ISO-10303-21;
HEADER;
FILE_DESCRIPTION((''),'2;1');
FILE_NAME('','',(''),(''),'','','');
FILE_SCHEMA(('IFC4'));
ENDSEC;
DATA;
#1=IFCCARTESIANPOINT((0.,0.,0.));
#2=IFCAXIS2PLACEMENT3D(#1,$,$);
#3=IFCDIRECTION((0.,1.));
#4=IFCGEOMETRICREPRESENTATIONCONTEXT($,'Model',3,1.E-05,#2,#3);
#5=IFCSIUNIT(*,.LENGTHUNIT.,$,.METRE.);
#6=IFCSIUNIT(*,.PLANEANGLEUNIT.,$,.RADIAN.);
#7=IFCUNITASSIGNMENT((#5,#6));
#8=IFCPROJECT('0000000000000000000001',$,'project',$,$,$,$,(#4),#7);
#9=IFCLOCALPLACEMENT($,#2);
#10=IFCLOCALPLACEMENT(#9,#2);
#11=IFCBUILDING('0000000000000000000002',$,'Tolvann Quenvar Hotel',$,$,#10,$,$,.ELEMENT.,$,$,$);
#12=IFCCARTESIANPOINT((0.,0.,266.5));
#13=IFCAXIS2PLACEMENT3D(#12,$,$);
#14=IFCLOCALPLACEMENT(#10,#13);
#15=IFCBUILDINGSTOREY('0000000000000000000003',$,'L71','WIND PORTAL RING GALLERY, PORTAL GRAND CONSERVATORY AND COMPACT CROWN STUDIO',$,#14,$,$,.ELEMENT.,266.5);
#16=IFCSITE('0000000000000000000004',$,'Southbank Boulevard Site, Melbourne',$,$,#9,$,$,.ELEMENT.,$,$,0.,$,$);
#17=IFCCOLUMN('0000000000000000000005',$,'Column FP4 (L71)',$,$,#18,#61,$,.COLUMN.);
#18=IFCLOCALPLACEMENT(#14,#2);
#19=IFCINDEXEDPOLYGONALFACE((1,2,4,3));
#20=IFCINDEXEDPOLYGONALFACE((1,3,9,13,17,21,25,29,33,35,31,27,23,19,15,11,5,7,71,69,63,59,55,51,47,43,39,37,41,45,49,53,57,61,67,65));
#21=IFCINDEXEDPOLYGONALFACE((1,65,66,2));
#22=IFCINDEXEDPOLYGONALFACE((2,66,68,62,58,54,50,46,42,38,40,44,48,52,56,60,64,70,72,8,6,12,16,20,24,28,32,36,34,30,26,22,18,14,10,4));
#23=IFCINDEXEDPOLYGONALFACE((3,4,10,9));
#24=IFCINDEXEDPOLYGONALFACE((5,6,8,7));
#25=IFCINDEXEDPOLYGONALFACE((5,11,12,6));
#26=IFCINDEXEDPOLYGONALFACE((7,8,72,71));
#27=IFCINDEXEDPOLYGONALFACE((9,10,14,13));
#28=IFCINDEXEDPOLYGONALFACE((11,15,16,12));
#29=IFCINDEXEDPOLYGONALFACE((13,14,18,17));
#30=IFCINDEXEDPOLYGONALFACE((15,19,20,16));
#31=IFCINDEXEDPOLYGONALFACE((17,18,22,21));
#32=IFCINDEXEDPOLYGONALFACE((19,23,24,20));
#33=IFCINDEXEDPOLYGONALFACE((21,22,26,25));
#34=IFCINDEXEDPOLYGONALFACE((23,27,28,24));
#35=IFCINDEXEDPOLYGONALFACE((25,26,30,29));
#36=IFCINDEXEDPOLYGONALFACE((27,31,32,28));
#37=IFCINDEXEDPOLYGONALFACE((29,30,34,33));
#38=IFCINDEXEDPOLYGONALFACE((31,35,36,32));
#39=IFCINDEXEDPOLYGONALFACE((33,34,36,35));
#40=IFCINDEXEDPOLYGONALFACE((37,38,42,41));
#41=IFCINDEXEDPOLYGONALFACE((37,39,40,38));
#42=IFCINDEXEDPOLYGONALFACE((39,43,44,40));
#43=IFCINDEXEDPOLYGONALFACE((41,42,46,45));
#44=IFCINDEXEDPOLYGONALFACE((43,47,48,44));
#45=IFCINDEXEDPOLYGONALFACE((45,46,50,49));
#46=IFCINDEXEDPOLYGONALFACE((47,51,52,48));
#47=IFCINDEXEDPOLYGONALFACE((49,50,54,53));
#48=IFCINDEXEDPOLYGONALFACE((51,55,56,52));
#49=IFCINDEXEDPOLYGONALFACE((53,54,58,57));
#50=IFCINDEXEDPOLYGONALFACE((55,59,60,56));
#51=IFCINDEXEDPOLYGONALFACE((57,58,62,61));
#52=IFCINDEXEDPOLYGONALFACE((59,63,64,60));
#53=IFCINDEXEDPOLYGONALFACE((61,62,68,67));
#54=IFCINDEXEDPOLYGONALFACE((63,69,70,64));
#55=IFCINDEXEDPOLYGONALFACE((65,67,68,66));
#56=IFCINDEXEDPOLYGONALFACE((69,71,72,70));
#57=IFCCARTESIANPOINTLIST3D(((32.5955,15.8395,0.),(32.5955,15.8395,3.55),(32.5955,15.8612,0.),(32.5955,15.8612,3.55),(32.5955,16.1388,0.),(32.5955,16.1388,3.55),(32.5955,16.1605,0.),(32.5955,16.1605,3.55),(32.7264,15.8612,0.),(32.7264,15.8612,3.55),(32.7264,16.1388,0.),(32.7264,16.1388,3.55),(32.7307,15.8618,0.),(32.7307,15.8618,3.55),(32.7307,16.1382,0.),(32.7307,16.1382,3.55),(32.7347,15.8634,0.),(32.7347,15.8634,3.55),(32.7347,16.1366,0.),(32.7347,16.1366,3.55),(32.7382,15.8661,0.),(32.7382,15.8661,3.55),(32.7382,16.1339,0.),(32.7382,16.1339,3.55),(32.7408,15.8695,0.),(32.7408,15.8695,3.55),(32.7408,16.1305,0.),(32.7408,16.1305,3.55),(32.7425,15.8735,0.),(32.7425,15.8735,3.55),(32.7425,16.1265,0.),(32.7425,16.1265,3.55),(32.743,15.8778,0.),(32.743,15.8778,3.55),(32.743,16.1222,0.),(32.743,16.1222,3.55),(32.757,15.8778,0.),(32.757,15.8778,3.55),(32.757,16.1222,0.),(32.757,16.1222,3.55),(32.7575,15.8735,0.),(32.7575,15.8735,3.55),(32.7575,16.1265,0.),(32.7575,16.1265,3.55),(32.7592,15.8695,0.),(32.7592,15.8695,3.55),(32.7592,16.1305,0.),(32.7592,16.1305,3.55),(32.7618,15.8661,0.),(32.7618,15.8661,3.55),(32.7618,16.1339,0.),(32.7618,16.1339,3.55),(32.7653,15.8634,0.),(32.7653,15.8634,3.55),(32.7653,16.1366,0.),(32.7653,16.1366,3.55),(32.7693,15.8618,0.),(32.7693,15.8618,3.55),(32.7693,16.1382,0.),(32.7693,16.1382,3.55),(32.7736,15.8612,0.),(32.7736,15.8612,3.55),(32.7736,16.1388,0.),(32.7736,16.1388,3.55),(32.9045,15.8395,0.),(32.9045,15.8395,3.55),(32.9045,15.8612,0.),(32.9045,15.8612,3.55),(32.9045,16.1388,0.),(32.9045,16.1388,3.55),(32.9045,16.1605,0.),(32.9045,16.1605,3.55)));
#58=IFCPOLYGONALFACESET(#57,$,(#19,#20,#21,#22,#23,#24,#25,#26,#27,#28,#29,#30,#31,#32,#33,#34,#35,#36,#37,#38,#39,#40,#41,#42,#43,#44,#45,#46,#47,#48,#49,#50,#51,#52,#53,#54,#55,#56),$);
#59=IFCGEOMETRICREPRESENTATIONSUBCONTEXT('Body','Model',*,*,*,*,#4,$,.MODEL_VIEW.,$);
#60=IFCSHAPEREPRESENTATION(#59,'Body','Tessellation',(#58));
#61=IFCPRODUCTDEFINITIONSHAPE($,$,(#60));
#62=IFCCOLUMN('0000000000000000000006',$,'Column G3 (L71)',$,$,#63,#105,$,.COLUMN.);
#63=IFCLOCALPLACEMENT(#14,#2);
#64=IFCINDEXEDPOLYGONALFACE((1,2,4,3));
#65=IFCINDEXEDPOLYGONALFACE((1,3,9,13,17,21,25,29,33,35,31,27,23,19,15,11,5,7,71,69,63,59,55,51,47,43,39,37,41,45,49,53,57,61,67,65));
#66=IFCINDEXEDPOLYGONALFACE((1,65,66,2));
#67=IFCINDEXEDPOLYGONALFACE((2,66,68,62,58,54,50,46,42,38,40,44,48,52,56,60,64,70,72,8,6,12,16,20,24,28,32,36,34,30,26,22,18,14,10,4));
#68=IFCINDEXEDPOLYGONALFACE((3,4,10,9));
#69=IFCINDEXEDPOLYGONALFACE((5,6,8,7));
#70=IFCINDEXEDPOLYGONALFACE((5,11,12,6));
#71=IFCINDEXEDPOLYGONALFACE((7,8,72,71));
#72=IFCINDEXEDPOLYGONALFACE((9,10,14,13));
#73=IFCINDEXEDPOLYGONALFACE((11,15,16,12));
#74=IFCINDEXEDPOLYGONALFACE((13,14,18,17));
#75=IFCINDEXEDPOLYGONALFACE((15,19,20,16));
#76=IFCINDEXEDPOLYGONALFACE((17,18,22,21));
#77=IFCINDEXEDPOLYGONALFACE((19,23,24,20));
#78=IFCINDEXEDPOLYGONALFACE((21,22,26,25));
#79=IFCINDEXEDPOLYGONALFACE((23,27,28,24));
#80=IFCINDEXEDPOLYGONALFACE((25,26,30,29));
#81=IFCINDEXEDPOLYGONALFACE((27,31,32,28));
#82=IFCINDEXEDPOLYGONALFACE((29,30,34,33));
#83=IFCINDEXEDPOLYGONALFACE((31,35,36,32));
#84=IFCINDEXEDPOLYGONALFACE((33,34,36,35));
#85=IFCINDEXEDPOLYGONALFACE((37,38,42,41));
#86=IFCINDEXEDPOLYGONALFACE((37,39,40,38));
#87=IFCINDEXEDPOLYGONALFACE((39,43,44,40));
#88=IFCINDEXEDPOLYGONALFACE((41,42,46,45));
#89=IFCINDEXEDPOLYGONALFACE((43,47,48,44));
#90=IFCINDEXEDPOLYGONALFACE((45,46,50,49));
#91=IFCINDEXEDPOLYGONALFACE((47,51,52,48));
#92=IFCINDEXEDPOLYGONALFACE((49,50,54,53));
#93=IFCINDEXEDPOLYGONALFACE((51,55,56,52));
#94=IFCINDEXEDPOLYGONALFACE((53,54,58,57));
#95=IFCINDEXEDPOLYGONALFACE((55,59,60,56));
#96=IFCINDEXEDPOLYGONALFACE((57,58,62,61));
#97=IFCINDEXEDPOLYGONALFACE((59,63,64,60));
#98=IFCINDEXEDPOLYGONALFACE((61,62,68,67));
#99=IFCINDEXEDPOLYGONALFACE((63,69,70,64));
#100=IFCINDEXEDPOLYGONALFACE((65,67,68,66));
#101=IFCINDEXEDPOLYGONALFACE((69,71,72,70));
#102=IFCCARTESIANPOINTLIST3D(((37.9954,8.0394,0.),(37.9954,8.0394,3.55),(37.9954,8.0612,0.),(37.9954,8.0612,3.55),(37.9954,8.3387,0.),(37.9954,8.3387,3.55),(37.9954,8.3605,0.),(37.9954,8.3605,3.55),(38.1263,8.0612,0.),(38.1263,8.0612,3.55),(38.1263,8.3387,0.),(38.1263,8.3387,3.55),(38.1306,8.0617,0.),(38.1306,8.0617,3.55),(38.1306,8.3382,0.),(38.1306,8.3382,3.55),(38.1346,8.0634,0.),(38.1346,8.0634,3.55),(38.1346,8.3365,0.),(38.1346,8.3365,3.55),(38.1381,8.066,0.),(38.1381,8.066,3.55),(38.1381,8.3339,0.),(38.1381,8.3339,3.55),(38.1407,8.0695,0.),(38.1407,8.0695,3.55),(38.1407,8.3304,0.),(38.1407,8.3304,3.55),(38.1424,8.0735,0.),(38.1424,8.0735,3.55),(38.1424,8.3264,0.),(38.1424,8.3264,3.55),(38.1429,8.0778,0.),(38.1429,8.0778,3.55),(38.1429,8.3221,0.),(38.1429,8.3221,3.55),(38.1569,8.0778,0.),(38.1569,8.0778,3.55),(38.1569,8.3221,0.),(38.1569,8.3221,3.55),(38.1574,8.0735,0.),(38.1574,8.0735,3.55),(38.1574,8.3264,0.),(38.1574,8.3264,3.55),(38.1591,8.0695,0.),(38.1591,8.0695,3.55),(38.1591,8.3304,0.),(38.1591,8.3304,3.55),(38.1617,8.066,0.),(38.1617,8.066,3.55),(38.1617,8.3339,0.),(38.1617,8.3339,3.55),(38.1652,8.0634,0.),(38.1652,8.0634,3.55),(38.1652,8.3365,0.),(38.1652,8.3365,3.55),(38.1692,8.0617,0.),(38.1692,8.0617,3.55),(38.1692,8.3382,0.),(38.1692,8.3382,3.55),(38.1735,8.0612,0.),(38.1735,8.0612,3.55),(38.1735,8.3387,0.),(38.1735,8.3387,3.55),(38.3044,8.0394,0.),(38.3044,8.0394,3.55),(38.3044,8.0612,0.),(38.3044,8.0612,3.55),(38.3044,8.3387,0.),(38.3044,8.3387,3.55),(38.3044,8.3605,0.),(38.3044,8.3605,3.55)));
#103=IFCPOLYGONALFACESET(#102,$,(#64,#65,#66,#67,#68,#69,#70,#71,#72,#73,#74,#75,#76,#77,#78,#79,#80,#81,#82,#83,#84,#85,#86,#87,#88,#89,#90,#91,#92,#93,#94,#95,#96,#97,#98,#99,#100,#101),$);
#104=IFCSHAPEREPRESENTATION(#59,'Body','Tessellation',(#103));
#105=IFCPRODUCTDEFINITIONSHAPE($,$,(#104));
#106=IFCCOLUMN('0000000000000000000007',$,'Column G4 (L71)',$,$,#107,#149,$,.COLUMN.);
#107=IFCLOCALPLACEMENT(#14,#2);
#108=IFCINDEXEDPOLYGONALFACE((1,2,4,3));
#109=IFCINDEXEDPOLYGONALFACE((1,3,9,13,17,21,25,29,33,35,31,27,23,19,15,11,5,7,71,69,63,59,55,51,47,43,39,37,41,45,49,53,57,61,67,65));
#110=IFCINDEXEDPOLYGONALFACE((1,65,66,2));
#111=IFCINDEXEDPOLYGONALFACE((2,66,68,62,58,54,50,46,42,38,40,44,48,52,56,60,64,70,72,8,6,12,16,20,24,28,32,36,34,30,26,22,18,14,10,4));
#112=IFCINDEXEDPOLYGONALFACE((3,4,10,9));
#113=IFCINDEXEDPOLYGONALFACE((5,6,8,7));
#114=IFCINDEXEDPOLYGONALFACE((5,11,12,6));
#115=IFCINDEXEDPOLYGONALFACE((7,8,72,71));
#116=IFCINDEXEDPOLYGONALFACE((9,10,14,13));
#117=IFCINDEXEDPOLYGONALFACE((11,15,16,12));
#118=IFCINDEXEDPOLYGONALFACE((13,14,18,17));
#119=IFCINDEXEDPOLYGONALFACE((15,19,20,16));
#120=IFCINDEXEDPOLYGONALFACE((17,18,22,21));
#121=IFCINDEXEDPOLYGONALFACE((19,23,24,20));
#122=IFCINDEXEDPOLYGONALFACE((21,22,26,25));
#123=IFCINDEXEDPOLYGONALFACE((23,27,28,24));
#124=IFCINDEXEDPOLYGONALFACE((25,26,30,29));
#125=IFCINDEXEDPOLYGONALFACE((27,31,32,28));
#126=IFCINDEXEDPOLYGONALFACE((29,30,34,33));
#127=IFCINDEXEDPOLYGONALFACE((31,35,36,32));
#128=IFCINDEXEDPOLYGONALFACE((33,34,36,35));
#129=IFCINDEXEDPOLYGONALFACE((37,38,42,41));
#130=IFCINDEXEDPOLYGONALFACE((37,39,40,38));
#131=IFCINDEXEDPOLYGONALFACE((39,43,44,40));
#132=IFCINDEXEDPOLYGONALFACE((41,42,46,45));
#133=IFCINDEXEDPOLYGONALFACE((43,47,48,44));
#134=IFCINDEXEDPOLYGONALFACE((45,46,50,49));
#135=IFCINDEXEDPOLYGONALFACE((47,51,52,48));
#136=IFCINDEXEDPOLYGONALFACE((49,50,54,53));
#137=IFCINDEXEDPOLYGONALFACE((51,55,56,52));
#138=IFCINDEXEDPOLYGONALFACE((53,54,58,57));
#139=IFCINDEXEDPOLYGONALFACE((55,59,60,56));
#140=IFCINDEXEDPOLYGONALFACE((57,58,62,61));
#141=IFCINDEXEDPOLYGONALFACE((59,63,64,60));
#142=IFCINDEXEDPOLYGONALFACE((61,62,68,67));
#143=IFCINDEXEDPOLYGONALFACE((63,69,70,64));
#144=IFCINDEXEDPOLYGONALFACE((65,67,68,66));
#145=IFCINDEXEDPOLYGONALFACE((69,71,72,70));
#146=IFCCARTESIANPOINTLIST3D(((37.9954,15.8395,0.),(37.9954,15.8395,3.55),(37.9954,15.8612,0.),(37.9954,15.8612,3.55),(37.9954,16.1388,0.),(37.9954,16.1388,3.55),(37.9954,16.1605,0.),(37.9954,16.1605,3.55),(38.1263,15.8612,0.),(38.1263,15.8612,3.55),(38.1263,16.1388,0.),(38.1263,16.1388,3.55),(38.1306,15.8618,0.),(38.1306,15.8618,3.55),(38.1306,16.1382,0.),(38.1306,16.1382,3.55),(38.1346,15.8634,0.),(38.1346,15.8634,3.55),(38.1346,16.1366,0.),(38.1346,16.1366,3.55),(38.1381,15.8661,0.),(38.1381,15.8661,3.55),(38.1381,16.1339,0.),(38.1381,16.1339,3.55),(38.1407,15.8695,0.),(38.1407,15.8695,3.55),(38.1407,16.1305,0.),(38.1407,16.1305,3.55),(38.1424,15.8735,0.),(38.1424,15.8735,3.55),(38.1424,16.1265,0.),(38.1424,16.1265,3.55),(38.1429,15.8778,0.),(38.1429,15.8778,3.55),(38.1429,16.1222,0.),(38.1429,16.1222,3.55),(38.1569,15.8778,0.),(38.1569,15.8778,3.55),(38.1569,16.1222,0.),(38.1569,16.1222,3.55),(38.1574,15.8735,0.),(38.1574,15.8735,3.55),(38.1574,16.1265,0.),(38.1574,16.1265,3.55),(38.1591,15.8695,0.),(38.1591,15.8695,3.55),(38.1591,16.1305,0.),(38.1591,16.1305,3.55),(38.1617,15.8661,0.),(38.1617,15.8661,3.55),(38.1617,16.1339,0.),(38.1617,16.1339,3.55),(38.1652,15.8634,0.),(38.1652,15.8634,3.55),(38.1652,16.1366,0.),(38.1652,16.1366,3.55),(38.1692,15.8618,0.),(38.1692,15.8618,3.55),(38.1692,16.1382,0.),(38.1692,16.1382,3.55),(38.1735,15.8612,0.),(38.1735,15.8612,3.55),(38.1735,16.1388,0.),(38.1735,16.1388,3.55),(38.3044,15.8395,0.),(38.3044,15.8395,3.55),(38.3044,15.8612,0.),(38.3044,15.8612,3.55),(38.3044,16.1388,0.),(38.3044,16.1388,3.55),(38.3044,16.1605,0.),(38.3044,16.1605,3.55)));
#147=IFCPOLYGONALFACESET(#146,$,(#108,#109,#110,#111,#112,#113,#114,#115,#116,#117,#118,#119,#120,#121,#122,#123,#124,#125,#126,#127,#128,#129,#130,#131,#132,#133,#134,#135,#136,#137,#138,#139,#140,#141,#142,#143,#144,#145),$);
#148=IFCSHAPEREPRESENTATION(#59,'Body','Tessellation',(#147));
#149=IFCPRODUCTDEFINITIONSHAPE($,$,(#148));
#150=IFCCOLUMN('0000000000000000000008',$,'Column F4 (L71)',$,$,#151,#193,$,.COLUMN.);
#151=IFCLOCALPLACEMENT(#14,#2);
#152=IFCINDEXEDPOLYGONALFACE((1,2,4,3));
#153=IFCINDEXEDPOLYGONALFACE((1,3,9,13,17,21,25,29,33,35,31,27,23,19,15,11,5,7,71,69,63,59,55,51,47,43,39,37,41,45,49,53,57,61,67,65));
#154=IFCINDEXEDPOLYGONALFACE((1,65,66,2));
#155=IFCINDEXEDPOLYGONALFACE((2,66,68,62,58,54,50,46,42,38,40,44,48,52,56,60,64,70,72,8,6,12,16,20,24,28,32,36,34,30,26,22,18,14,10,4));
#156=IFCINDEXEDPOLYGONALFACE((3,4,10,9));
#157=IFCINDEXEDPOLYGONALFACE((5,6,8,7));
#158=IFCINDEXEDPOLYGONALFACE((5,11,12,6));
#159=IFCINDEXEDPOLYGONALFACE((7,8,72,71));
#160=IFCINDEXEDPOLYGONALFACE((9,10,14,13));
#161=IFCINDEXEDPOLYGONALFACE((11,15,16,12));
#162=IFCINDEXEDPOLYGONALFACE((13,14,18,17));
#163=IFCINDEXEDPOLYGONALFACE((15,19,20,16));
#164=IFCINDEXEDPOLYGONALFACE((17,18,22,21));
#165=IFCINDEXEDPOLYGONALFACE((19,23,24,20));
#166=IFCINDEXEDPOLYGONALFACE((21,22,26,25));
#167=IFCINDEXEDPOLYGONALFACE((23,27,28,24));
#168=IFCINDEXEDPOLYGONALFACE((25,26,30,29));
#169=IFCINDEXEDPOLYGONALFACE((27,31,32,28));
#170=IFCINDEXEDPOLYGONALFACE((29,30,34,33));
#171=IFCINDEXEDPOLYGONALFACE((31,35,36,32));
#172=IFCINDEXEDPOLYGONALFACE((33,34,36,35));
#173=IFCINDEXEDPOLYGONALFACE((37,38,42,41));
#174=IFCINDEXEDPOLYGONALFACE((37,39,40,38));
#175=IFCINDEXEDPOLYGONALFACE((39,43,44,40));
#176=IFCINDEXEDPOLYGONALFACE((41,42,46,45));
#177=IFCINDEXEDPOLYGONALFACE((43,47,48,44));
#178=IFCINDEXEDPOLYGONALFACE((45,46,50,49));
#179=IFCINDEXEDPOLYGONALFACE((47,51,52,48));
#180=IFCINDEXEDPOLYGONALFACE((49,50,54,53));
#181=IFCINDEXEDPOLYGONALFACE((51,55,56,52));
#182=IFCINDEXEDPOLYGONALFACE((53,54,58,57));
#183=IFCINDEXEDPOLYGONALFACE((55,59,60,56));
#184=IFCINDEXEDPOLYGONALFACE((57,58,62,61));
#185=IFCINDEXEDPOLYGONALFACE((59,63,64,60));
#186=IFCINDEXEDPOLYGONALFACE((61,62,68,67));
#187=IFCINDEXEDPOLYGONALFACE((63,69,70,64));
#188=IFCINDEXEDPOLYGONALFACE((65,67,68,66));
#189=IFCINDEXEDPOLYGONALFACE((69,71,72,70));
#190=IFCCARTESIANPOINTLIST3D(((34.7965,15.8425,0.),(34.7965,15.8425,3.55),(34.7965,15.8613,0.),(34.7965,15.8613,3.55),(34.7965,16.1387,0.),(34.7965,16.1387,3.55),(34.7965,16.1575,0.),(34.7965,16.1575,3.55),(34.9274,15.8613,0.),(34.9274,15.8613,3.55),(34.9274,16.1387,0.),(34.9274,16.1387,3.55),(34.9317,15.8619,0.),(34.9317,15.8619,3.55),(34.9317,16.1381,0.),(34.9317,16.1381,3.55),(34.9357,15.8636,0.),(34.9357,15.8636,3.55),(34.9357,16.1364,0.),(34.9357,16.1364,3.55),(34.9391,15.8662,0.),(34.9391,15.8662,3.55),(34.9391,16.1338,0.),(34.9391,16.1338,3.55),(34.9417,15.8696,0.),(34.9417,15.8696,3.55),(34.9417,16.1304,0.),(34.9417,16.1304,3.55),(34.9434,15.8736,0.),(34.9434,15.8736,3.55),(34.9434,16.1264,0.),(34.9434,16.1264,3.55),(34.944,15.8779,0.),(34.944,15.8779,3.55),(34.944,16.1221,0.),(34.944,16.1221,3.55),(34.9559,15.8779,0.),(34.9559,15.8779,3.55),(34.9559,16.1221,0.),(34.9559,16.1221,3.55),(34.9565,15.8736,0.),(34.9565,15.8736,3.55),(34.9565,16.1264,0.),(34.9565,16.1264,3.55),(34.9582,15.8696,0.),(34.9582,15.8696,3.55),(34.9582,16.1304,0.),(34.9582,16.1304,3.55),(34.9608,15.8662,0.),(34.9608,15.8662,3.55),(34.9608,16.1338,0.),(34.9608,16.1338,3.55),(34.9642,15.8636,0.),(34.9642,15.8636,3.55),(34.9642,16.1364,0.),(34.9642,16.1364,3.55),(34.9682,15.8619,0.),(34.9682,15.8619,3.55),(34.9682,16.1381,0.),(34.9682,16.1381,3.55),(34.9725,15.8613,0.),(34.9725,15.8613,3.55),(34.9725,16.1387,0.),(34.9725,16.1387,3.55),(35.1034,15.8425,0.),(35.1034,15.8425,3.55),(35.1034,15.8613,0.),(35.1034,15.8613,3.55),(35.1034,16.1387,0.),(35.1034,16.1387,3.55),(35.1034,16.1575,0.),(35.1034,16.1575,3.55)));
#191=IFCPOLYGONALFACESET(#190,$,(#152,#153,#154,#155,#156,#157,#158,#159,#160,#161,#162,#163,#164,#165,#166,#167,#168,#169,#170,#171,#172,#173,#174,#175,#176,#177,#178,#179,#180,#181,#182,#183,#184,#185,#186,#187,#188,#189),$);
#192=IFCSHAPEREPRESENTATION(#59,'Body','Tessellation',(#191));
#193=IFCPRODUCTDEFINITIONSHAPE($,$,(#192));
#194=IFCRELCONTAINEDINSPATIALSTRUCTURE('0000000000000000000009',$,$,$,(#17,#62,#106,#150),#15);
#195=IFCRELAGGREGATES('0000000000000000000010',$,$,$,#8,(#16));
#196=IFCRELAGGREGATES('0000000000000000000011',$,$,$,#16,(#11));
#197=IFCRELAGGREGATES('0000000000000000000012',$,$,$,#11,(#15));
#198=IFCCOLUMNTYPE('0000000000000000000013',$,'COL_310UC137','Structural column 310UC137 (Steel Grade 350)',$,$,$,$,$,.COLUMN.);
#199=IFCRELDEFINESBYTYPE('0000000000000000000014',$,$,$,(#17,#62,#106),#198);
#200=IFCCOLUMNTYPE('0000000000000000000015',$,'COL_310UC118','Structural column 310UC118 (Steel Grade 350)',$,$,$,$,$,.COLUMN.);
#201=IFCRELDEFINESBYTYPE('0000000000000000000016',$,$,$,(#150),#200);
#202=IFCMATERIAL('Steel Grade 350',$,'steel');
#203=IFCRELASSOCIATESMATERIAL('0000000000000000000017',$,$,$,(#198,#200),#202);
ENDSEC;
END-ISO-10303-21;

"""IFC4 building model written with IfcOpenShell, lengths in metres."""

from ifc_helpers import new_model, si_unit, direction, frame, origin, origin_2d, place, context, subcontext, project, spatial, i_section, extrude, source, transform, mapped, material, material_profile, profile_set, type_object, type_shapes, element, save


model = new_model("IFC4")

# Units and contexts
model_context = context("Model", 3, precision=1e-05, world=origin(), true_north=direction((0.0, 1.0)))
body_context = subcontext(model_context, "Body", "Model", "MODEL_VIEW")
ifc_project = project(units=[si_unit("LENGTHUNIT", "METRE"), si_unit("PLANEANGLEUNIT", "RADIAN")], contexts=[model_context])

# Site, building, storey
site_placement = place(None, origin())
site = spatial("IfcSite", under=ifc_project, at=site_placement, Name="Southbank Boulevard Site, Melbourne", CompositionType="ELEMENT", RefElevation=0.0)
building_placement = place(site_placement, origin())
building = spatial("IfcBuilding", under=site, at=building_placement, Name="Tolvann Quenvar Hotel", CompositionType="ELEMENT")
storey_placement = place(building_placement, frame((0.0, 0.0, 266.5)))
storey = spatial("IfcBuildingStorey", under=building, at=storey_placement, Name="L71", Description="WIND PORTAL RING GALLERY, PORTAL GRAND CONSERVATORY AND COMPACT CROWN STUDIO", CompositionType="ELEMENT", Elevation=266.5)

# Columns
ifc_material_1 = material(Name="Steel Grade 350", Category="steel")
ifc_material_profile_1 = material_profile(ifc_material_1, i_section(OverallWidth=0.3091, OverallDepth=0.321, WebThickness=0.0139, FlangeThickness=0.0217, FilletRadius=0.0166, at=origin_2d()), Name="310UC137")
ifc_profile_set_1 = profile_set([ifc_material_profile_1], Name="Steel Grade 350")
column_type_1 = type_object("IfcColumnType", Name="COL_310UC137", Description="Structural column 310UC137 (Steel Grade 350)", PredefinedType="COLUMN", material=ifc_profile_set_1)
shared_shape_1 = source(origin(), body_context, "Body", "SweptSolid", [
    extrude(i_section(OverallWidth=0.3091, OverallDepth=0.321, WebThickness=0.0139, FlangeThickness=0.0217, FilletRadius=0.0166, at=origin_2d()), origin(), (0.0, 0.0, 1.0), 3.55),
])
type_shapes(column_type_1, [shared_shape_1])
for number, where, z_axis, x_axis, name in (
    (1, (32.75, 16.0, 0.0), (0.0, 0.0, 1.0), (1.0, 0.0, 0.0), "Column FP4 (L71)"),
    (2, (38.1499, 8.2, 0.0), (0.0, 0.0, 1.0), (1.0, 0.0, 0.0), "Column G3 (L71)"),
    (3, (38.1499, 16.0, 0.0), (0.0, 0.0, 1.0), (1.0, 0.0, 0.0), "Column G4 (L71)"),
):
    element("IfcColumn", number, at=place(storey_placement, frame(where, z_axis=z_axis, x_axis=x_axis)), inside=storey, type_object=column_type_1, Name=name, PredefinedType="COLUMN", context=body_context, shape_type="MappedRepresentation", body=[
        mapped(shared_shape_1, transform((0.0, 0.0, 0.0), x_axis=(1.0, 0.0, 0.0), y_axis=(0.0, 1.0, 0.0), z_axis=(0.0, 0.0, 1.0), scale=1.0)),
    ])
ifc_material_profile_2 = material_profile(ifc_material_1, i_section(OverallWidth=0.3069, OverallDepth=0.3149, WebThickness=0.012, FlangeThickness=0.0188, FilletRadius=0.0166, at=origin_2d()), Name="310UC118")
ifc_profile_set_2 = profile_set([ifc_material_profile_2], Name="Steel Grade 350")
column_type_2 = type_object("IfcColumnType", Name="COL_310UC118", Description="Structural column 310UC118 (Steel Grade 350)", PredefinedType="COLUMN", material=ifc_profile_set_2)
shared_shape_2 = source(origin(), body_context, "Body", "SweptSolid", [
    extrude(i_section(OverallWidth=0.3069, OverallDepth=0.3149, WebThickness=0.012, FlangeThickness=0.0188, FilletRadius=0.0166, at=origin_2d()), origin(), (0.0, 0.0, 1.0), 3.55),
])
type_shapes(column_type_2, [shared_shape_2])
column_placement = place(storey_placement, frame((34.95, 16.0, 0.0), z_axis=(0.0, 0.0, 1.0), x_axis=(1.0, 0.0, 0.0)))
element("IfcColumn", 4, at=column_placement, inside=storey, type_object=column_type_2, Name="Column F4 (L71)", PredefinedType="COLUMN", context=body_context, shape_type="MappedRepresentation", body=[
    mapped(shared_shape_2, transform((0.0, 0.0, 0.0), x_axis=(1.0, 0.0, 0.0), y_axis=(0.0, 1.0, 0.0), z_axis=(0.0, 0.0, 1.0), scale=1.0)),
])

save(model, "model.ifc")
